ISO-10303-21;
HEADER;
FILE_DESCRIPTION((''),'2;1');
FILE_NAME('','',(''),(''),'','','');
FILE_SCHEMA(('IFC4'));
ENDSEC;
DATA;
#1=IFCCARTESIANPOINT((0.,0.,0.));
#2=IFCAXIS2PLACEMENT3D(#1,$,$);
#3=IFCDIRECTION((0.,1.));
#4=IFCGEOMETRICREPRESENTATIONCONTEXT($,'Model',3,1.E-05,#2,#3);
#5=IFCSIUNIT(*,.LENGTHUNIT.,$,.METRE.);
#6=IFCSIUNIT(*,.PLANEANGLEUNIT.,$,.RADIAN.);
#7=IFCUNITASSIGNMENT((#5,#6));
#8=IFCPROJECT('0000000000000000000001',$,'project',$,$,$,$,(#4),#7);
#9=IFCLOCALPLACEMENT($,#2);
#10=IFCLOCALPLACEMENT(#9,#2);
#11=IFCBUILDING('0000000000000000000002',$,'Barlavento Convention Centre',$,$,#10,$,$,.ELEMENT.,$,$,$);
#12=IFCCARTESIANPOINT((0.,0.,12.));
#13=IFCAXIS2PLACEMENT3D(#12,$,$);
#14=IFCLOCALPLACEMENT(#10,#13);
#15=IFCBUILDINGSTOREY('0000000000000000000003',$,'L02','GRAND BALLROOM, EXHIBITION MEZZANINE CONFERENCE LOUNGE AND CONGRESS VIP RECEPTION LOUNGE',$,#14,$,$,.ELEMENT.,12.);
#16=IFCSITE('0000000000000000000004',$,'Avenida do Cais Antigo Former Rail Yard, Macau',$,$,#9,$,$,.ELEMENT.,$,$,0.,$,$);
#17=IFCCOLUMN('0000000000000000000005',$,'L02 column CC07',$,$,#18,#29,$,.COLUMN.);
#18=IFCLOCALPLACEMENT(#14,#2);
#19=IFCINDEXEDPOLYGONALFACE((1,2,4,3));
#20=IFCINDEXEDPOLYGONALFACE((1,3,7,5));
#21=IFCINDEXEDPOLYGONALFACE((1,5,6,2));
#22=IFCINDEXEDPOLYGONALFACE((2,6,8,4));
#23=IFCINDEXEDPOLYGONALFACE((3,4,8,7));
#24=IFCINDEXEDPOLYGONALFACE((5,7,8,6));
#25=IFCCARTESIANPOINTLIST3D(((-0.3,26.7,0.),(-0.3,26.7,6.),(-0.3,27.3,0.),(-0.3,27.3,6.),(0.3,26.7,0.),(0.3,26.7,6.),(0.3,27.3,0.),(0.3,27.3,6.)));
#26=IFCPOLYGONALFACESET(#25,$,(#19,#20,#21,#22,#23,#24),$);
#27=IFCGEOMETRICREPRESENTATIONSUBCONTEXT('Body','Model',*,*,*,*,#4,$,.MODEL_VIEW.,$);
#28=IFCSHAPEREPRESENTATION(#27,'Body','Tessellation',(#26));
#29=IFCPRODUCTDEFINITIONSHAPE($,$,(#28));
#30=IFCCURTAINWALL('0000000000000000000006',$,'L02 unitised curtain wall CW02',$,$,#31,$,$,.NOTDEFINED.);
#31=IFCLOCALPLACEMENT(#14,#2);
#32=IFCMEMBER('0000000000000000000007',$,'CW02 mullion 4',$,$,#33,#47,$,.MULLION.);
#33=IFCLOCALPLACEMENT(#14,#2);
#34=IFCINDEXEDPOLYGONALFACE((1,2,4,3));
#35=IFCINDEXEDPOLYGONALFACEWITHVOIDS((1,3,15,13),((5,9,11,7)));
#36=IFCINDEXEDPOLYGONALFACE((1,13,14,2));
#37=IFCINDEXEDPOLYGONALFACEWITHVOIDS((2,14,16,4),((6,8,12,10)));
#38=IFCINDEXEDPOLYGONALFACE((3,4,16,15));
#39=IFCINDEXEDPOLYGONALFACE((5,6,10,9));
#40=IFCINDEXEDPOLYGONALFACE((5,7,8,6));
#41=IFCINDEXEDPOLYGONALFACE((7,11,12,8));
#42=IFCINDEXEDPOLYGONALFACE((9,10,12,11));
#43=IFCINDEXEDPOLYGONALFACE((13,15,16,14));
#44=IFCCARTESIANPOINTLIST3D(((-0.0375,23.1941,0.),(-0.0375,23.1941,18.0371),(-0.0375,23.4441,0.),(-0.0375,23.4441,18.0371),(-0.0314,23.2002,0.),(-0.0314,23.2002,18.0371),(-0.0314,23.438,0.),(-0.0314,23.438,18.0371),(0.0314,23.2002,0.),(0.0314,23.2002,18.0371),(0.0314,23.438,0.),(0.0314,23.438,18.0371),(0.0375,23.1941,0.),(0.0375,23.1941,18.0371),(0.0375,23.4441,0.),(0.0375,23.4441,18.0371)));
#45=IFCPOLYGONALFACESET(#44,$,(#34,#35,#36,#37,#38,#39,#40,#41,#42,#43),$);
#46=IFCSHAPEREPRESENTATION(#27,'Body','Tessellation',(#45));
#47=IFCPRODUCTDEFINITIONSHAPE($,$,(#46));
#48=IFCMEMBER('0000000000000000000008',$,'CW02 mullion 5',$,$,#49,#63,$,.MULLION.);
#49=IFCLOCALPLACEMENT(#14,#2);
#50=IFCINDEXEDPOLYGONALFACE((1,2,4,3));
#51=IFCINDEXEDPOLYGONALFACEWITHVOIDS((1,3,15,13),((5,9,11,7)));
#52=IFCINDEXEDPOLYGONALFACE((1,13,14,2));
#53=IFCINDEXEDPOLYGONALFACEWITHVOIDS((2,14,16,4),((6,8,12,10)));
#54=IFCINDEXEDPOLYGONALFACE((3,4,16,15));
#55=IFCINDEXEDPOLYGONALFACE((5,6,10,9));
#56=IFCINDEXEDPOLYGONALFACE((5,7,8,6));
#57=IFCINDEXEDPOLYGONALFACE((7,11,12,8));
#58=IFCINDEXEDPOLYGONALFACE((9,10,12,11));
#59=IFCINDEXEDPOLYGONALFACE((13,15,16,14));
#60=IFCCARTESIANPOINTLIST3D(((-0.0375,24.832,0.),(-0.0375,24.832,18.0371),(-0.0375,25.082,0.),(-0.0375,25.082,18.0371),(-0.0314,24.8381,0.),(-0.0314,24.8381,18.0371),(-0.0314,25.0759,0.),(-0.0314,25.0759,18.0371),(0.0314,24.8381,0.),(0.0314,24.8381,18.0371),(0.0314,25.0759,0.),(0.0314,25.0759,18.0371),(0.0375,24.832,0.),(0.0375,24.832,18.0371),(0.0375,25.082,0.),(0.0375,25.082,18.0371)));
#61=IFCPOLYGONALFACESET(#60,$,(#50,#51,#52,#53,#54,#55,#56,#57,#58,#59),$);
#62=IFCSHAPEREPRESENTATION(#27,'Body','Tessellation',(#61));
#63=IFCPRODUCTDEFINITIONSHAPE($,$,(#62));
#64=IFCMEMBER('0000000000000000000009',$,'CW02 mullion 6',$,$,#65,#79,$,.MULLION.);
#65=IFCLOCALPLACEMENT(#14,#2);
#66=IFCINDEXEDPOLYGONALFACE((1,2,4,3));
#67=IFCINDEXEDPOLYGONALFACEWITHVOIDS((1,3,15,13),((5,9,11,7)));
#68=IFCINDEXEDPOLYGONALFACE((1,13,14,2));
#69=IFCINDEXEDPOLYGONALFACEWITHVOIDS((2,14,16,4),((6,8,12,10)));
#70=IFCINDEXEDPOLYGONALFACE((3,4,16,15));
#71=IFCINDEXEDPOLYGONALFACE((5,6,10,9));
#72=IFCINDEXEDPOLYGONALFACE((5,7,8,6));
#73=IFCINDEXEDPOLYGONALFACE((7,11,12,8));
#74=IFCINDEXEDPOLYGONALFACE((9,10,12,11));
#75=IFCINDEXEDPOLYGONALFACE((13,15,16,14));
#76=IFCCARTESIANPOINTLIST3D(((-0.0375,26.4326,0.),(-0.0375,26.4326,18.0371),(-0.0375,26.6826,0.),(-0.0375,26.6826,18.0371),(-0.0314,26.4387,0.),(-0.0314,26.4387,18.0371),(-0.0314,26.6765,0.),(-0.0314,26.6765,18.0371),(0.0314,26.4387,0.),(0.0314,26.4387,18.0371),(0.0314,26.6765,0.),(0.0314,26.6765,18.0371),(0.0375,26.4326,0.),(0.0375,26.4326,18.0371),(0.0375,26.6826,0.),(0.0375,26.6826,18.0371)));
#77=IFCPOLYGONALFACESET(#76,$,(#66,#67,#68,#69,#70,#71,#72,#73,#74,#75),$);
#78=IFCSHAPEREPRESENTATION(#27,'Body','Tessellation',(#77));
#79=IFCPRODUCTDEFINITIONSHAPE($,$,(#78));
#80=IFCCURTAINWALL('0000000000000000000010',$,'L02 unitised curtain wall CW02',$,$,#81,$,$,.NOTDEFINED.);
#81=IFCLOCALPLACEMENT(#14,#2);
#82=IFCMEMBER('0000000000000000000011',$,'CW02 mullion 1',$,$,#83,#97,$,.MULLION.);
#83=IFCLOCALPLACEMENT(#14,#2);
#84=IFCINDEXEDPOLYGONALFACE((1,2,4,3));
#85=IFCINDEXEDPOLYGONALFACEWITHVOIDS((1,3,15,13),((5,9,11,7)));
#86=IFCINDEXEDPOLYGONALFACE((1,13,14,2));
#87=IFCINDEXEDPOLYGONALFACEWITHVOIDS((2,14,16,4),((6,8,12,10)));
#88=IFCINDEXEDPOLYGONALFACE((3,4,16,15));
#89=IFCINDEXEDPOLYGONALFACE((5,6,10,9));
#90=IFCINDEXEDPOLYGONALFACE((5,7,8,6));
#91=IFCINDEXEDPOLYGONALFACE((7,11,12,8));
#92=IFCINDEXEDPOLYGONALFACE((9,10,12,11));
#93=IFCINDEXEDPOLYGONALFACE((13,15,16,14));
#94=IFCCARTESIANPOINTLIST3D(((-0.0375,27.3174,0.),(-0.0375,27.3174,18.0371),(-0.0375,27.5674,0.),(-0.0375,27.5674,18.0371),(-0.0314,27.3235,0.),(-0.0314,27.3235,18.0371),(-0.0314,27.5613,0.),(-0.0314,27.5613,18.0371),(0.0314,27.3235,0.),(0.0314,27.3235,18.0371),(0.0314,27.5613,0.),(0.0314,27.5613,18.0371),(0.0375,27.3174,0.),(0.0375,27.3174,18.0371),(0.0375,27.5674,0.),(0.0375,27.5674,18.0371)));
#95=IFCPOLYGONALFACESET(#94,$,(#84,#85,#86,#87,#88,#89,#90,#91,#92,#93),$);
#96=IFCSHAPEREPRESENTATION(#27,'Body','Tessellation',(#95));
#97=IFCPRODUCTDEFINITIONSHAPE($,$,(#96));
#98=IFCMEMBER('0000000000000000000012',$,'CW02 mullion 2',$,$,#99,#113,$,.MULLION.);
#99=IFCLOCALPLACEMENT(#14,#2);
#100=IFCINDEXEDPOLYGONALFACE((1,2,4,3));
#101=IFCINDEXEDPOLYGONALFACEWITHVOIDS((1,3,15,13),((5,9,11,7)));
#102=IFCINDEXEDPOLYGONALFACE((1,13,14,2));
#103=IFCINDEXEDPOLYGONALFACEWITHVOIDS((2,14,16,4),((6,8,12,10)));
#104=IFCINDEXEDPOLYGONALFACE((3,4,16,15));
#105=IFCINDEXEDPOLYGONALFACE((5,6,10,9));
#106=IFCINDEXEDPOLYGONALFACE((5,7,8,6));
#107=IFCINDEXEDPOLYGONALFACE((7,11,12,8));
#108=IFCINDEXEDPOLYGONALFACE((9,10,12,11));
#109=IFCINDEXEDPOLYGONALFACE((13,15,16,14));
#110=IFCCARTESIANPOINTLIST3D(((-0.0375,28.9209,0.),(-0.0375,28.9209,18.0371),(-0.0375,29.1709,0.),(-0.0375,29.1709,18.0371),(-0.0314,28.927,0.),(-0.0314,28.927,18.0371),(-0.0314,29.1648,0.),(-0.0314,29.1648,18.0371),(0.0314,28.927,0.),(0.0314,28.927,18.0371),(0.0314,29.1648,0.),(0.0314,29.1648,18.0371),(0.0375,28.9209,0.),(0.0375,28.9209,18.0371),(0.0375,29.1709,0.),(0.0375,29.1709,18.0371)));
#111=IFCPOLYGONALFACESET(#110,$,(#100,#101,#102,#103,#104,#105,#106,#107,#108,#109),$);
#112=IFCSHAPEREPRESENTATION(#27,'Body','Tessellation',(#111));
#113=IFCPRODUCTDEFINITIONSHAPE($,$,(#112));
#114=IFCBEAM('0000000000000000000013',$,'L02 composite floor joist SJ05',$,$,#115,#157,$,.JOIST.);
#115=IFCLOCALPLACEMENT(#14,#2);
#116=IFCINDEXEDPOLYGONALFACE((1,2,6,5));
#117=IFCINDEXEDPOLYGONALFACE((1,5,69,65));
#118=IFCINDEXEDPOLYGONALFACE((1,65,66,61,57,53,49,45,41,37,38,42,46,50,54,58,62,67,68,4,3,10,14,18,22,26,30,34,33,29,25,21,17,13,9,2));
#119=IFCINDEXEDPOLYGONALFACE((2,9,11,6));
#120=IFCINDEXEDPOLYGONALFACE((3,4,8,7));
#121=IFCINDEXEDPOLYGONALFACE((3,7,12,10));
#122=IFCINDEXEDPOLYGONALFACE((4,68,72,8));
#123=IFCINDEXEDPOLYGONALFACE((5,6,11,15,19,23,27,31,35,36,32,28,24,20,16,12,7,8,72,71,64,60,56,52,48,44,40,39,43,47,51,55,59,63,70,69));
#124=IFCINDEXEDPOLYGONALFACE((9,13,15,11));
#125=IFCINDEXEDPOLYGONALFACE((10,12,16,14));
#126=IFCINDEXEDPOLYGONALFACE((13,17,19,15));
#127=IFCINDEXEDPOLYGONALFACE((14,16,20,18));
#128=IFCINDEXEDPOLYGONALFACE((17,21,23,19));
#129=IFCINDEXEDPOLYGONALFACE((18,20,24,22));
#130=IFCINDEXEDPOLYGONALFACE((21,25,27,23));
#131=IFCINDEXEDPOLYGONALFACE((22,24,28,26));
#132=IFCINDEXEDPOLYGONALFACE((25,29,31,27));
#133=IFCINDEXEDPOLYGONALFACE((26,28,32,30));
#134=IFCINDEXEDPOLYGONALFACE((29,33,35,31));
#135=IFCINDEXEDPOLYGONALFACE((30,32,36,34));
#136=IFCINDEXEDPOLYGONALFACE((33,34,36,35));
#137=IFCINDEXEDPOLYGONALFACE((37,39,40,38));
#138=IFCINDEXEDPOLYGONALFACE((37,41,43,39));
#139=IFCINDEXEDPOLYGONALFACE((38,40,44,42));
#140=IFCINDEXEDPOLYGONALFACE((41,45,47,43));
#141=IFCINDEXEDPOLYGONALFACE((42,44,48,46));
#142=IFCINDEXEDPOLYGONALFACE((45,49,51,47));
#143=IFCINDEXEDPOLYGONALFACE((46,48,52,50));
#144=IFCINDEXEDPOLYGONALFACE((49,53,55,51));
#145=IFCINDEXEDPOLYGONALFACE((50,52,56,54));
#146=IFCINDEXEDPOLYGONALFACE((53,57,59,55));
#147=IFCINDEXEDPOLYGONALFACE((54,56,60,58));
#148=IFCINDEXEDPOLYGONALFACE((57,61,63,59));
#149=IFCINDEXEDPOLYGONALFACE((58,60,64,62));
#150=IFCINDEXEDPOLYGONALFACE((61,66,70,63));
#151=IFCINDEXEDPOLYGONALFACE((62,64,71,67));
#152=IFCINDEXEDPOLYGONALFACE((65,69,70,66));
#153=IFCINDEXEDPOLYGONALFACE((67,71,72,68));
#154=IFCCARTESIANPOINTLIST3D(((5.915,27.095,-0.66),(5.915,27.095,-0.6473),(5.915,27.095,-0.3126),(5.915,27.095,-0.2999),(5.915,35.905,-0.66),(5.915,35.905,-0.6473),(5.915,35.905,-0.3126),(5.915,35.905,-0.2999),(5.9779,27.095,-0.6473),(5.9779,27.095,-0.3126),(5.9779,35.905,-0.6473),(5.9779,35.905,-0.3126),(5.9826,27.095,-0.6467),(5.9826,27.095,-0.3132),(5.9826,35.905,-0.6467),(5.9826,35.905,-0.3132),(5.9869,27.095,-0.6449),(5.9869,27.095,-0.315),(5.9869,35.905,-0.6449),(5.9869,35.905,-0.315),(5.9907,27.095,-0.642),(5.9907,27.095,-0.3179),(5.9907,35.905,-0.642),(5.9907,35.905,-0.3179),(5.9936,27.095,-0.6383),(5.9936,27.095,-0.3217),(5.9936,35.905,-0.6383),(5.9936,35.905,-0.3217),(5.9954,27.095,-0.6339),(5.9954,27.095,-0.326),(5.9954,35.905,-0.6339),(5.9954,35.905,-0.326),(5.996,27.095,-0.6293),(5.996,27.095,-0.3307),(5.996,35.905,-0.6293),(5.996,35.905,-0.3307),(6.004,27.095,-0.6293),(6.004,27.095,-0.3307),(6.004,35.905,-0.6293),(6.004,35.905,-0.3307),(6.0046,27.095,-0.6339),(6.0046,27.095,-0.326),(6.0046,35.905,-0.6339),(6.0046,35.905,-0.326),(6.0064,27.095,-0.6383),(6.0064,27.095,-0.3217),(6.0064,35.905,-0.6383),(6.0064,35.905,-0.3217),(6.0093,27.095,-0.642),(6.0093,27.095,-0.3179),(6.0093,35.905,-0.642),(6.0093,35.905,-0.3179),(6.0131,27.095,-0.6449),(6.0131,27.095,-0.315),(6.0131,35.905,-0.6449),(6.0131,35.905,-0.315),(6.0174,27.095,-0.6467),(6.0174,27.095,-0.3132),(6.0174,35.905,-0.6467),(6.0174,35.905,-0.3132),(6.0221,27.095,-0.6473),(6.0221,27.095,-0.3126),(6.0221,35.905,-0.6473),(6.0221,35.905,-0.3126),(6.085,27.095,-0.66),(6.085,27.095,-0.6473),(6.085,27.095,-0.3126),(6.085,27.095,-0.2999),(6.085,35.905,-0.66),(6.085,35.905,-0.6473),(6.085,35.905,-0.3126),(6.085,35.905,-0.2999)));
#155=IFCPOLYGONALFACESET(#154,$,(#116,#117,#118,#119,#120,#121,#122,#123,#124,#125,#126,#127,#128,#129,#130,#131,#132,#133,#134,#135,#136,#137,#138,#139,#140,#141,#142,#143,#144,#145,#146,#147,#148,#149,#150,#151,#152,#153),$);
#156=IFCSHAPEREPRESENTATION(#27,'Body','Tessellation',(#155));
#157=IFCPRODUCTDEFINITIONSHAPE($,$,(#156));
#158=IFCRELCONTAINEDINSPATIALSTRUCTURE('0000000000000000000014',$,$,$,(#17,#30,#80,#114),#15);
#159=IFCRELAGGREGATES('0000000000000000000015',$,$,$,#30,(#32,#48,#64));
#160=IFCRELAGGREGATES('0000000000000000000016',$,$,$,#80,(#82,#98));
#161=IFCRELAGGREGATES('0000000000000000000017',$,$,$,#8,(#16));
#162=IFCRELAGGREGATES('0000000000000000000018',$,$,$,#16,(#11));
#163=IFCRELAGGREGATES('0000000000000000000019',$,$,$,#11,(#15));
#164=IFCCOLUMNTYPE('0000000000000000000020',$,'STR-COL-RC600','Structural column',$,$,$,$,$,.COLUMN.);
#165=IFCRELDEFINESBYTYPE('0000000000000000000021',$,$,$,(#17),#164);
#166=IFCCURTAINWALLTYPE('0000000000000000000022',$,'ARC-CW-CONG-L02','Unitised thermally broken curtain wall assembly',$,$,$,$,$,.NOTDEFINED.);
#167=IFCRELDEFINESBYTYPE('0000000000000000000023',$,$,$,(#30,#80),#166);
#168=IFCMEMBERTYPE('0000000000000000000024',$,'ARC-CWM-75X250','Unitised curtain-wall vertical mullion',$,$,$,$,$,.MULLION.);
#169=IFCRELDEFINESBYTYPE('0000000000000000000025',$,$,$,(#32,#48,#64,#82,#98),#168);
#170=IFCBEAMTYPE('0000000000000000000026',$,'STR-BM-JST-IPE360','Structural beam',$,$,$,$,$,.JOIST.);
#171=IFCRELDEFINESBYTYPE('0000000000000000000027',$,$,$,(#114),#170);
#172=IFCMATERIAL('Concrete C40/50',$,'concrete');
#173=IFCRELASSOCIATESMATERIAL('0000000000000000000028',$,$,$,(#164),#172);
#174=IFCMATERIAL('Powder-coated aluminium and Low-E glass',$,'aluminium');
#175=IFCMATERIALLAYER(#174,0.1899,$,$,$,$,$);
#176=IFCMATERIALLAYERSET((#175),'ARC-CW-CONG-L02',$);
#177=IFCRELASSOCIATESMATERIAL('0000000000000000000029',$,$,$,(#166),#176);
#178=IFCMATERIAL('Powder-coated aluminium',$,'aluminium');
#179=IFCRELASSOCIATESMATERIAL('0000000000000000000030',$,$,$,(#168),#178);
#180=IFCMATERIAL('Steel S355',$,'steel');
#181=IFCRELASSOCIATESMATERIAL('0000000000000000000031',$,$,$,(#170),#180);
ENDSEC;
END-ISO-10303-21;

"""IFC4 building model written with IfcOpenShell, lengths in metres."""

from ifc_helpers import new_model, si_unit, direction, frame, origin, origin_2d, place, context, subcontext, project, spatial, rectangle, hollow_rectangle, i_section, extrude, material, layer, layer_set, material_profile, profile_set, type_object, element, aggregate, save


model = new_model("IFC4")

# Units and contexts
model_context = context("Model", 3, precision=1e-05, world=origin(), true_north=direction((0.0, 1.0)))
body_context = subcontext(model_context, "Body", "Model", "MODEL_VIEW")
ifc_project = project(units=[si_unit("LENGTHUNIT", "METRE"), si_unit("PLANEANGLEUNIT", "RADIAN")], contexts=[model_context])

# Site, building, storey
site_placement = place(None, origin())
site = spatial("IfcSite", under=ifc_project, at=site_placement, Name="Avenida do Cais Antigo Former Rail Yard, Macau", CompositionType="ELEMENT", RefElevation=0.0)
building_placement = place(site_placement, origin())
building = spatial("IfcBuilding", under=site, at=building_placement, Name="Barlavento Convention Centre", CompositionType="ELEMENT")
storey_placement = place(building_placement, frame((0.0, 0.0, 12.0)))
storey = spatial("IfcBuildingStorey", under=building, at=storey_placement, Name="L02", Description="GRAND BALLROOM, EXHIBITION MEZZANINE CONFERENCE LOUNGE AND CONGRESS VIP RECEPTION LOUNGE", CompositionType="ELEMENT", Elevation=12.0)

# Column
ifc_material_1 = material(Name="Concrete C40/50", Category="concrete")
ifc_material_profile_1 = material_profile(ifc_material_1, rectangle(XDim=0.6001, YDim=0.6001, at=origin_2d()), Name="RC 600x600")
ifc_profile_set_1 = profile_set([ifc_material_profile_1], Name="Concrete C40/50")
column_type = type_object("IfcColumnType", Name="STR-COL-RC600", Description="Structural column", PredefinedType="COLUMN", material=ifc_profile_set_1)
column_placement = place(storey_placement, frame((0.0, 27.0, 0.0), z_axis=(0.0, 0.0, 1.0), x_axis=(1.0, 0.0, 0.0)))
element("IfcColumn", 1, at=column_placement, inside=storey, type_object=column_type, Name="L02 column CC07", PredefinedType="COLUMN", context=body_context, shape_type="SweptSolid", body=[
    extrude(rectangle(XDim=0.6001, YDim=0.6001, at=origin_2d()), origin(), (0.0, 0.0, 1.0), 6.0),
])

# Curtain walls, members
ifc_material_2 = material(Name="Powder-coated aluminium and Low-E glass", Category="aluminium")
ifc_layer_1 = layer(ifc_material_2, 0.1899)
ifc_layer_set_1 = layer_set([ifc_layer_1], Name="ARC-CW-CONG-L02")
curtain_wall_type = type_object("IfcCurtainWallType", Name="ARC-CW-CONG-L02", Description="Unitised thermally broken curtain wall assembly", PredefinedType="NOTDEFINED", material=ifc_layer_set_1)
curtain_wall_1_placement = place(storey_placement, origin())
curtain_wall_1 = element("IfcCurtainWall", 2, at=curtain_wall_1_placement, inside=storey, type_object=curtain_wall_type, Name="L02 unitised curtain wall CW02", PredefinedType="NOTDEFINED")
ifc_material_3 = material(Name="Powder-coated aluminium", Category="aluminium")
ifc_material_profile_2 = material_profile(ifc_material_3, hollow_rectangle(XDim=0.075, YDim=0.25, WallThickness=0.0061, at=origin_2d()), Name="AL-MULL 75x250x6")
ifc_profile_set_2 = profile_set([ifc_material_profile_2], Name="Powder-coated aluminium")
member_type = type_object("IfcMemberType", Name="ARC-CWM-75X250", Description="Unitised curtain-wall vertical mullion", PredefinedType="MULLION", material=ifc_profile_set_2)
member_1_placement = place(storey_placement, frame((0.0, 23.3191, 0.0), z_axis=(0.0, 0.0, 1.0), x_axis=(-1.0, 0.0, 0.0)))
member_1 = element("IfcMember", 3, at=member_1_placement, type_object=member_type, Name="CW02 mullion 4", PredefinedType="MULLION", context=body_context, shape_type="SweptSolid", body=[
    extrude(hollow_rectangle(XDim=0.075, YDim=0.25, WallThickness=0.0061, at=origin_2d()), origin(), (0.0, 0.0, 1.0), 18.0371),
])
member_2_placement = place(storey_placement, frame((0.0, 24.957, 0.0), z_axis=(0.0, 0.0, 1.0), x_axis=(-1.0, 0.0, 0.0)))
member_2 = element("IfcMember", 4, at=member_2_placement, type_object=member_type, Name="CW02 mullion 5", PredefinedType="MULLION", context=body_context, shape_type="SweptSolid", body=[
    extrude(hollow_rectangle(XDim=0.075, YDim=0.25, WallThickness=0.0061, at=origin_2d()), origin(), (0.0, 0.0, 1.0), 18.0371),
])
member_3_placement = place(storey_placement, frame((0.0, 26.5576, 0.0), z_axis=(0.0, 0.0, 1.0), x_axis=(-1.0, 0.0, 0.0)))
member_3 = element("IfcMember", 5, at=member_3_placement, type_object=member_type, Name="CW02 mullion 6", PredefinedType="MULLION", context=body_context, shape_type="SweptSolid", body=[
    extrude(hollow_rectangle(XDim=0.075, YDim=0.25, WallThickness=0.0061, at=origin_2d()), origin(), (0.0, 0.0, 1.0), 18.0371),
])
aggregate(curtain_wall_1, [member_1, member_2, member_3])
curtain_wall_2_placement = place(storey_placement, origin())
curtain_wall_2 = element("IfcCurtainWall", 6, at=curtain_wall_2_placement, inside=storey, type_object=curtain_wall_type, Name="L02 unitised curtain wall CW02", PredefinedType="NOTDEFINED")
member_4_placement = place(storey_placement, frame((0.0, 27.4424, 0.0), z_axis=(0.0, 0.0, 1.0), x_axis=(-1.0, 0.0, 0.0)))
member_4 = element("IfcMember", 7, at=member_4_placement, type_object=member_type, Name="CW02 mullion 1", PredefinedType="MULLION", context=body_context, shape_type="SweptSolid", body=[
    extrude(hollow_rectangle(XDim=0.075, YDim=0.25, WallThickness=0.0061, at=origin_2d()), origin(), (0.0, 0.0, 1.0), 18.0371),
])
member_5_placement = place(storey_placement, frame((0.0, 29.0459, 0.0), z_axis=(0.0, 0.0, 1.0), x_axis=(-1.0, 0.0, 0.0)))
member_5 = element("IfcMember", 8, at=member_5_placement, type_object=member_type, Name="CW02 mullion 2", PredefinedType="MULLION", context=body_context, shape_type="SweptSolid", body=[
    extrude(hollow_rectangle(XDim=0.075, YDim=0.25, WallThickness=0.0061, at=origin_2d()), origin(), (0.0, 0.0, 1.0), 18.0371),
])
aggregate(curtain_wall_2, [member_4, member_5])

# Beam
ifc_material_4 = material(Name="Steel S355", Category="steel")
ifc_material_profile_3 = material_profile(ifc_material_4, i_section(OverallWidth=0.1699, OverallDepth=0.3601, WebThickness=0.0081, FlangeThickness=0.0127, FilletRadius=0.0181, at=origin_2d()), Name="IPE 360")
ifc_profile_set_3 = profile_set([ifc_material_profile_3], Name="Steel S355")
beam_type_1 = type_object("IfcBeamType", Name="STR-BM-JST-IPE360", Description="Structural beam", PredefinedType="JOIST", material=ifc_profile_set_3)
beam_1_placement = place(storey_placement, frame((6.0, 27.095, -0.48), z_axis=(0.0, 1.0, 0.0), x_axis=(-1.0, 0.0, 0.0)))
element("IfcBeam", 9, at=beam_1_placement, inside=storey, type_object=beam_type_1, Name="L02 composite floor joist SJ05", PredefinedType="JOIST", context=body_context, shape_type="SweptSolid", body=[
    extrude(i_section(OverallWidth=0.1699, OverallDepth=0.3601, WebThickness=0.0081, FlangeThickness=0.0127, FilletRadius=0.0181, at=origin_2d()), origin(), (0.0, 0.0, 1.0), 8.8101),
])

save(model, "model.ifc")
